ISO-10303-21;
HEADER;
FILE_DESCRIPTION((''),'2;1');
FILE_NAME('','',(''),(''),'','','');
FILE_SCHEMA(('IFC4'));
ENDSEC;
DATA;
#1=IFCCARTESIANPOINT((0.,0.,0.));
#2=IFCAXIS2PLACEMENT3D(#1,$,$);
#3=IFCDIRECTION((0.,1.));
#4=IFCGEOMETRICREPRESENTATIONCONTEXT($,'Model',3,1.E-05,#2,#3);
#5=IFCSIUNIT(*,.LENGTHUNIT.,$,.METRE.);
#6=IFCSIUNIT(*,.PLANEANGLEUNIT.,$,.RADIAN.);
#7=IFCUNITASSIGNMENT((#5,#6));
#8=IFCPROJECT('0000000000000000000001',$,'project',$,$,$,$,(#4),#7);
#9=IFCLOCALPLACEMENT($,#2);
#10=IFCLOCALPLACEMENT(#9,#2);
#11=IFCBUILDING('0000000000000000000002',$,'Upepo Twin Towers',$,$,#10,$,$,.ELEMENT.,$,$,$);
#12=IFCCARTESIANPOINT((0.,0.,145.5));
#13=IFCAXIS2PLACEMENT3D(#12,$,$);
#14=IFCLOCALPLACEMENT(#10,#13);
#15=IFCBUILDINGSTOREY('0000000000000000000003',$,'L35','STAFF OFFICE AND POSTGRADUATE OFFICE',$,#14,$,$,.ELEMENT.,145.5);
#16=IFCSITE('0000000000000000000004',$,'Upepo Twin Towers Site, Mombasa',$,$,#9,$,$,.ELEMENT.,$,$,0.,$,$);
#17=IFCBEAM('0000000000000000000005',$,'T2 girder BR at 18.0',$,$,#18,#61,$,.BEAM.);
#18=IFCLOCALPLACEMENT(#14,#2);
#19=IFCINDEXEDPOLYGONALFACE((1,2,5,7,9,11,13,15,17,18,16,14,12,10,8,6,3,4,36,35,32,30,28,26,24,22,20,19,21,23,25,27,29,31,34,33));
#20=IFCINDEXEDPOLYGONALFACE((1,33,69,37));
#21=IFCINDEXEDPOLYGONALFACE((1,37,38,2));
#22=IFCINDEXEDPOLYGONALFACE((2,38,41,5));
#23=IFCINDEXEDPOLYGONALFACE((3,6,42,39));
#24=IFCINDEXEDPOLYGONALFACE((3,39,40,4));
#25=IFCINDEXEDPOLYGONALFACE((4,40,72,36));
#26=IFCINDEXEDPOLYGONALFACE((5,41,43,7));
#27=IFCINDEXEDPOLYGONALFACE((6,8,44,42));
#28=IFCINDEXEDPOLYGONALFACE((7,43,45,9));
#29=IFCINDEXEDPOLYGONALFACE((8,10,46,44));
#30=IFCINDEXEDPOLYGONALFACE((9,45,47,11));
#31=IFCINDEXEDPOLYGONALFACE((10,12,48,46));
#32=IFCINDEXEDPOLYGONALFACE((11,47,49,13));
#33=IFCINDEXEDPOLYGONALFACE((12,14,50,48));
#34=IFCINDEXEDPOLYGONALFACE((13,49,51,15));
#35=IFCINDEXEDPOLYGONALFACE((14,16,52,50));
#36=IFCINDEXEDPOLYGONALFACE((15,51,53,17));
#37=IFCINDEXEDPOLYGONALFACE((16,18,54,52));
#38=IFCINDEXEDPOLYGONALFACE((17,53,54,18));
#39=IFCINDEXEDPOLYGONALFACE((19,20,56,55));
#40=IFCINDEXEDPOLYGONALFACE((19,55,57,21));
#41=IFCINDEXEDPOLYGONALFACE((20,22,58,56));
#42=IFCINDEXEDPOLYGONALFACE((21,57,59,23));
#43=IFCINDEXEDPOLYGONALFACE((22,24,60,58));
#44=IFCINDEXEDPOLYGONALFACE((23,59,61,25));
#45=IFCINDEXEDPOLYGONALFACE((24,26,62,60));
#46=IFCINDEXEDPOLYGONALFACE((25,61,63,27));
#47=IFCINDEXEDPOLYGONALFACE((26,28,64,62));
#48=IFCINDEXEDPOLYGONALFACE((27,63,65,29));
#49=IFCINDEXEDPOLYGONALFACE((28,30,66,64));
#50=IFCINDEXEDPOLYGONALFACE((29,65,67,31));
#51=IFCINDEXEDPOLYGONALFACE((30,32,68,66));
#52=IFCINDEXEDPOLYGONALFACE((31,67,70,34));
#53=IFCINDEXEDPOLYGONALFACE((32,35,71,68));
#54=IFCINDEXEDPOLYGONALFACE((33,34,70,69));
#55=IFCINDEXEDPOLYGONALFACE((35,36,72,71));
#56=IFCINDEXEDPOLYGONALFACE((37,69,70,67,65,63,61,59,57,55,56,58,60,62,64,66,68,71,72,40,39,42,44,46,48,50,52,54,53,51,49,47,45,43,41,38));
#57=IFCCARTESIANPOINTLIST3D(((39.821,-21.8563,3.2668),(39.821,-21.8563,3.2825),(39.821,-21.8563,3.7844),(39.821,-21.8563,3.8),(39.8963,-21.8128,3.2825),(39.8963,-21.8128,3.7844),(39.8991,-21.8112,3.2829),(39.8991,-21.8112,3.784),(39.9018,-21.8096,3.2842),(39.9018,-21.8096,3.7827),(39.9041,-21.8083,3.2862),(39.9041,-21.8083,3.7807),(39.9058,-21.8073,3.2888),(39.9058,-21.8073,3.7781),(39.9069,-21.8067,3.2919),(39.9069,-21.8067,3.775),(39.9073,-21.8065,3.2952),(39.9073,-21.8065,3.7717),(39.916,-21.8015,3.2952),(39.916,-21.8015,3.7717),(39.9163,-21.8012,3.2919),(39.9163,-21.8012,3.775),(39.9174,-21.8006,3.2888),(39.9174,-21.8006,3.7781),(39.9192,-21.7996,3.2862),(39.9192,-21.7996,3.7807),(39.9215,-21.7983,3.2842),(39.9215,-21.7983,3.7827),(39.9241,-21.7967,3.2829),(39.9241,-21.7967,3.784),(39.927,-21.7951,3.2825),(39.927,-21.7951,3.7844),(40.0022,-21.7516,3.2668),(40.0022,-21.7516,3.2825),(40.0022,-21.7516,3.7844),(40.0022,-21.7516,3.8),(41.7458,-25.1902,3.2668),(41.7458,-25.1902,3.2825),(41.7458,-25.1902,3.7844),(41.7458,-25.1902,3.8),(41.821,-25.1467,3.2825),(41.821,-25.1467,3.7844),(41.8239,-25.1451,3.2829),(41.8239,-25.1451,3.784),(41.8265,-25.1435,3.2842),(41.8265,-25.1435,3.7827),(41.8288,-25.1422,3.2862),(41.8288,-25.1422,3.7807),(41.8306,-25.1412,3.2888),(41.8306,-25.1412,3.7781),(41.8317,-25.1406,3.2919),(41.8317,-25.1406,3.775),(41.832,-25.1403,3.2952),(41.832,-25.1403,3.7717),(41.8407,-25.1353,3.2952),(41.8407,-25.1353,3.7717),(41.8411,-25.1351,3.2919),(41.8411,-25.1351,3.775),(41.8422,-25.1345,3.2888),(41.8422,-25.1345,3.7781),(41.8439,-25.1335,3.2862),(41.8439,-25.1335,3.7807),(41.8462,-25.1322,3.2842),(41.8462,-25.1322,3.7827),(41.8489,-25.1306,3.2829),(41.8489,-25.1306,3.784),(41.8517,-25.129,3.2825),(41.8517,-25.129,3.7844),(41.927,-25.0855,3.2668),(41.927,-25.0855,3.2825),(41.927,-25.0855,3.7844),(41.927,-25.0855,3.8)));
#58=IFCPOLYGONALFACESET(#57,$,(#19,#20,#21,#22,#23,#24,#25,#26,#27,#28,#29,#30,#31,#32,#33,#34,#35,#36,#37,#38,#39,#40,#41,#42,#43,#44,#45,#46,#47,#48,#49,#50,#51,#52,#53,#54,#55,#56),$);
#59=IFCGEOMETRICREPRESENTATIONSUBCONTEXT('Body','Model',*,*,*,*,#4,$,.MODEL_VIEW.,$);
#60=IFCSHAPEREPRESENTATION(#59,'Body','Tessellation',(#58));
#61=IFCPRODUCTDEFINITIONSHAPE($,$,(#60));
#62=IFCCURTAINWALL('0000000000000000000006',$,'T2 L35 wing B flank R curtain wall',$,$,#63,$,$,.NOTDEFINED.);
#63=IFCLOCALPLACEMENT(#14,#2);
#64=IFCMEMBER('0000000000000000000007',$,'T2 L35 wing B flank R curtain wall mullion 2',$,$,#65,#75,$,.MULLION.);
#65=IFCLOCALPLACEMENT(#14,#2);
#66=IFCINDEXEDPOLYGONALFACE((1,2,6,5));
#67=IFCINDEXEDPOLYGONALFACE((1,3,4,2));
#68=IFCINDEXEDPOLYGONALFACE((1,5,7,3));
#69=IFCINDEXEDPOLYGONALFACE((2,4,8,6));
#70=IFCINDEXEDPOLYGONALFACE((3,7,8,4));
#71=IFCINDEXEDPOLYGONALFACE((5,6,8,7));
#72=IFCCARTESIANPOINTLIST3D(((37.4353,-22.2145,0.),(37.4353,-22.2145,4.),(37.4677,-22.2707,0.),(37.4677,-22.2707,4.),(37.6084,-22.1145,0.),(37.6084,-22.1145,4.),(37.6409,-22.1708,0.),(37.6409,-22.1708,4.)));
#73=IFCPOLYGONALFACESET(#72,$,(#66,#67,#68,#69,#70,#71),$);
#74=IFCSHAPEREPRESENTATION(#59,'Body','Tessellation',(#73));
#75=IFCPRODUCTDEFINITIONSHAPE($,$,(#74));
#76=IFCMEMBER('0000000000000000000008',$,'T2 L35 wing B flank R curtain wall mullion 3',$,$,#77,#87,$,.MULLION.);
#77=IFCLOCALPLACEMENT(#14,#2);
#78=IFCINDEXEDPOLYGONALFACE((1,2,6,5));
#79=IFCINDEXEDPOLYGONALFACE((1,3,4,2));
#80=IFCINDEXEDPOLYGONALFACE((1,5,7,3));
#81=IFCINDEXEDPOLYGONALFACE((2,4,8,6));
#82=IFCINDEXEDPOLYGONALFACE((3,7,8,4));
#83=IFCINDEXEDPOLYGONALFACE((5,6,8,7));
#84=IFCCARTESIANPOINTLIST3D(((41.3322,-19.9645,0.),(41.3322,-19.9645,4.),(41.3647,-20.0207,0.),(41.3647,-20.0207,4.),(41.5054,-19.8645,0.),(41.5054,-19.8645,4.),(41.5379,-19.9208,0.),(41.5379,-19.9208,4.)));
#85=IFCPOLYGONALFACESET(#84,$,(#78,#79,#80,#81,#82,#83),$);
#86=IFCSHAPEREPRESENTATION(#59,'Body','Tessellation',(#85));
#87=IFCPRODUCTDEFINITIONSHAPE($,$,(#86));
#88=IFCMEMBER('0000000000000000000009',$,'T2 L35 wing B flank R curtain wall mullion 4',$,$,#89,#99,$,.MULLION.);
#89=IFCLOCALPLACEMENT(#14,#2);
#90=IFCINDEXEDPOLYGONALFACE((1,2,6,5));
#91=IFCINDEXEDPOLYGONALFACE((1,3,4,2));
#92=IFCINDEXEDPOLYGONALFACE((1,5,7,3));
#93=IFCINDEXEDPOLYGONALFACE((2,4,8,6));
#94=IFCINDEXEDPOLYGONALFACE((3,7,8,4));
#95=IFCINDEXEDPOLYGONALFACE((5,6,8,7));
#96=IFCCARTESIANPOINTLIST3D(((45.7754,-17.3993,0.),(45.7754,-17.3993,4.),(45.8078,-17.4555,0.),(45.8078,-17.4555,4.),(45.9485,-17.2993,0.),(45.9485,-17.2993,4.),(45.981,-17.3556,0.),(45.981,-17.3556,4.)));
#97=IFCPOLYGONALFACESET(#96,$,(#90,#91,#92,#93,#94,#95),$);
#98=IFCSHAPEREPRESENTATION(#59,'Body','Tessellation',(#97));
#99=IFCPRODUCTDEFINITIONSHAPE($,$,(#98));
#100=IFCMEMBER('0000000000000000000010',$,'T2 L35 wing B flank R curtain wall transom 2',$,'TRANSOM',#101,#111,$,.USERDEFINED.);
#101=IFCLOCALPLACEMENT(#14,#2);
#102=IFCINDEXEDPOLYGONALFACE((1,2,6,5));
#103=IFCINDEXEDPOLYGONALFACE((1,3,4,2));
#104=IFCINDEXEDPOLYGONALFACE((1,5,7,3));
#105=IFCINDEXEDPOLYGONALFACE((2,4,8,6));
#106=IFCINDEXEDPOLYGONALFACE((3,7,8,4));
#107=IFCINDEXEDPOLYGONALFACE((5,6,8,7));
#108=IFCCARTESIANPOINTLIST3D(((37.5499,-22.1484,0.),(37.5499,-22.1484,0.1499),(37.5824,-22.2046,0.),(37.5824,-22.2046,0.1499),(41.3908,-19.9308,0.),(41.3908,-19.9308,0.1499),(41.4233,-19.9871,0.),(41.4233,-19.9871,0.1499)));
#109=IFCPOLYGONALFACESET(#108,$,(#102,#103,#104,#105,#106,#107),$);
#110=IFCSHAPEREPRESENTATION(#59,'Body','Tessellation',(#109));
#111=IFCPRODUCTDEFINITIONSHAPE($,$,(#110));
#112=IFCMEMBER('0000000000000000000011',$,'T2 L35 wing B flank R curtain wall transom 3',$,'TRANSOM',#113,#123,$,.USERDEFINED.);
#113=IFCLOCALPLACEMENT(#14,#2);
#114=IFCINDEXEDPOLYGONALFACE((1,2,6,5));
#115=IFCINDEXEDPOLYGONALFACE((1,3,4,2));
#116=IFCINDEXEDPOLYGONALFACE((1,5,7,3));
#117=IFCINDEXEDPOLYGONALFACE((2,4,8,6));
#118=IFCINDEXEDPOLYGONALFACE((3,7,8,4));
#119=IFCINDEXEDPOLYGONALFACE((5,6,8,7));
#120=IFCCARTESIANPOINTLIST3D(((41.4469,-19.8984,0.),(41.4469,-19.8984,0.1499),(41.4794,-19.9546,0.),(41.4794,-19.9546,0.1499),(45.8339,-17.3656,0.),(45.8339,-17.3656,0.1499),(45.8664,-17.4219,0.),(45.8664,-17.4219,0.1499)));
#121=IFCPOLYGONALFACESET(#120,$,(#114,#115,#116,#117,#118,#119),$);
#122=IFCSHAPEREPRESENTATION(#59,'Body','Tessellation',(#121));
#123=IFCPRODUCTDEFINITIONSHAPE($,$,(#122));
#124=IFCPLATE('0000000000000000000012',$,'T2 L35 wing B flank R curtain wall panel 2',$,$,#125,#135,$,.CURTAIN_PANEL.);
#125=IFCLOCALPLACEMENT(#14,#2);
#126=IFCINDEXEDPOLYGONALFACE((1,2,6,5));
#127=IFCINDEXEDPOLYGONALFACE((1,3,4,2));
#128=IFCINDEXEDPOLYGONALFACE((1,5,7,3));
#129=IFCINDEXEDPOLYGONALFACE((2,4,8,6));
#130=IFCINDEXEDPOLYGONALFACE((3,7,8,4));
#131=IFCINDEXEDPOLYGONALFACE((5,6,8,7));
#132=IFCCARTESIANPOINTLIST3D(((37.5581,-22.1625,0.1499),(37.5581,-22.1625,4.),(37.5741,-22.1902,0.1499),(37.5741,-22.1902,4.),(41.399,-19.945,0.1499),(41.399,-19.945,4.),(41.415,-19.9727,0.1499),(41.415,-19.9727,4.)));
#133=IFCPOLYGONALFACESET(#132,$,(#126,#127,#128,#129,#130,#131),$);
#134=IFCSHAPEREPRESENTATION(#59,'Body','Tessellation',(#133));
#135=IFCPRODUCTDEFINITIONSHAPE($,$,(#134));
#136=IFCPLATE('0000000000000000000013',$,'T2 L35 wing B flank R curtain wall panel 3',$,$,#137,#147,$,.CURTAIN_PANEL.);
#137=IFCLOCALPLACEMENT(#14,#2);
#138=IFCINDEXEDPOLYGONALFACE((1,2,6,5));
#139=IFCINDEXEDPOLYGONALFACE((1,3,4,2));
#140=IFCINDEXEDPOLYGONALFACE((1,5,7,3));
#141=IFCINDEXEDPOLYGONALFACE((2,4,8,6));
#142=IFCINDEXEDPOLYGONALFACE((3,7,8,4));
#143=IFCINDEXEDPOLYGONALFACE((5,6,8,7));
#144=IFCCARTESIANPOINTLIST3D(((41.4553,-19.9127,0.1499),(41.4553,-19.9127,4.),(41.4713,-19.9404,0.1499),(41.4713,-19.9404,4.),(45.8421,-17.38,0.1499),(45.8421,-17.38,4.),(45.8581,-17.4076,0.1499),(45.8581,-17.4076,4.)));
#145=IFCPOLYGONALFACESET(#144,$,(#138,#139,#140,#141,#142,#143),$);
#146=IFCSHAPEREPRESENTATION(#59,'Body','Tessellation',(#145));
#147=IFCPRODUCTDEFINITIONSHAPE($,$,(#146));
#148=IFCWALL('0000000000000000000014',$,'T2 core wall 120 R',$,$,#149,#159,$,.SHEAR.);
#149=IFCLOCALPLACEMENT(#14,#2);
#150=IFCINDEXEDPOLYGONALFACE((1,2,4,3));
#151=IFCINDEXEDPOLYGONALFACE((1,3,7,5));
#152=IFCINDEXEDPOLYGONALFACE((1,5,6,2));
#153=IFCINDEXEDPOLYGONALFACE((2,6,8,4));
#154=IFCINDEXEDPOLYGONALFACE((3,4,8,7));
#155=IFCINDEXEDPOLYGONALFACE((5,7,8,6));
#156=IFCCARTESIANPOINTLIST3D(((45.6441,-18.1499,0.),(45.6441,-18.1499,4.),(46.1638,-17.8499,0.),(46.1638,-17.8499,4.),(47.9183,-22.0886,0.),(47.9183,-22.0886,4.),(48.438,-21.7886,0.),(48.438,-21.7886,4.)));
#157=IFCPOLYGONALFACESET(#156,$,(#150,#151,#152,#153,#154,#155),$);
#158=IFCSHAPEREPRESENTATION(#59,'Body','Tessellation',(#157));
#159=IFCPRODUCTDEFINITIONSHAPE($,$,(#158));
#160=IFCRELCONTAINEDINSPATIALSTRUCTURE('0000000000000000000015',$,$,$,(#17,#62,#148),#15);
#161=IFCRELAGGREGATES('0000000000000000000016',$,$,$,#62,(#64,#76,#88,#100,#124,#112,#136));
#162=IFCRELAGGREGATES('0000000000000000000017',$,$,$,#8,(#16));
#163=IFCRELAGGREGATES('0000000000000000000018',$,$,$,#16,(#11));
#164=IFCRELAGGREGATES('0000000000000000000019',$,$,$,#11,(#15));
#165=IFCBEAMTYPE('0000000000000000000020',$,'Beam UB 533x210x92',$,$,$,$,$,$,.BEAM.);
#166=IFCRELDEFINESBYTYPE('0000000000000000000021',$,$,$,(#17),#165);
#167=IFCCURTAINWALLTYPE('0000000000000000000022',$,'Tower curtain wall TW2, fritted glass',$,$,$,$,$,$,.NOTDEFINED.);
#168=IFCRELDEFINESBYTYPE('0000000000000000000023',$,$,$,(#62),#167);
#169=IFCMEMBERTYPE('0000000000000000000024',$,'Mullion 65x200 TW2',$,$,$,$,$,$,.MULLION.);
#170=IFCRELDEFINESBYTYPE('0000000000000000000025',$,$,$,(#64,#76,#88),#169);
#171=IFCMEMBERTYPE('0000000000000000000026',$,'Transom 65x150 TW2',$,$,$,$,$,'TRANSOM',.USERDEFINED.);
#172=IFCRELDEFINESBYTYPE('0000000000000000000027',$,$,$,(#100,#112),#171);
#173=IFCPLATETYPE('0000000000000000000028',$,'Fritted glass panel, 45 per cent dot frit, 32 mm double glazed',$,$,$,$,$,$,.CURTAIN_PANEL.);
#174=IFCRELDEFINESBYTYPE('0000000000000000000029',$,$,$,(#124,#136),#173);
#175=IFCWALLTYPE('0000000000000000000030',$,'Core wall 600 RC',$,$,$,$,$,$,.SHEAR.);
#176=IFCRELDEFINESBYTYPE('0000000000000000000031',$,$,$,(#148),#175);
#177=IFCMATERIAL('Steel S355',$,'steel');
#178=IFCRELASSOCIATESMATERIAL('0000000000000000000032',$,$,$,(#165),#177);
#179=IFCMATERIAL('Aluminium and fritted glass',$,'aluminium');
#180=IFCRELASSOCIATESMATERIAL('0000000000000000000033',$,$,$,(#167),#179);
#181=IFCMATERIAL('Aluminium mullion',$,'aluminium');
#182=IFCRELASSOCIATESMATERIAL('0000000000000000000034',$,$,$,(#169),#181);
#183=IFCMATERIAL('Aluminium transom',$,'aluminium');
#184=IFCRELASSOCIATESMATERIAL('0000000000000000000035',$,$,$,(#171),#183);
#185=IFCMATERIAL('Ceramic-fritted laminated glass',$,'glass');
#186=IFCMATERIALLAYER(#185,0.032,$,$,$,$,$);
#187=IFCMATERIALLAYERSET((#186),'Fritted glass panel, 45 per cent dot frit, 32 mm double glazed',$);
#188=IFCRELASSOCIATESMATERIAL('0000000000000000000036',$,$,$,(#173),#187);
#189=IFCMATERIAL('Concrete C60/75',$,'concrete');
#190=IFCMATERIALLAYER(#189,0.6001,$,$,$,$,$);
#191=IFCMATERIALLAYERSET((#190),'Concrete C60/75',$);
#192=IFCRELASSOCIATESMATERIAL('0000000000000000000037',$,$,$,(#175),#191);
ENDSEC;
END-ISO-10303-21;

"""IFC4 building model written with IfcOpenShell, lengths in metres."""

from ifc_helpers import new_model, si_unit, direction, frame, frame_2d, origin, origin_2d, place, context, subcontext, project, spatial, rectangle, i_section, extrude, material, layer, layer_set, material_profile, profile_set, type_object, element, aggregate, save


model = new_model("IFC4")

# Units and contexts
model_context = context("Model", 3, precision=1e-05, world=origin(), true_north=direction((0.0, 1.0)))
body_context = subcontext(model_context, "Body", "Model", "MODEL_VIEW")
ifc_project = project(units=[si_unit("LENGTHUNIT", "METRE"), si_unit("PLANEANGLEUNIT", "RADIAN")], contexts=[model_context])

# Site, building, storey
site_placement = place(None, origin())
site = spatial("IfcSite", under=ifc_project, at=site_placement, Name="Upepo Twin Towers Site, Mombasa", CompositionType="ELEMENT", RefElevation=0.0)
building_placement = place(site_placement, origin())
building = spatial("IfcBuilding", under=site, at=building_placement, Name="Upepo Twin Towers", CompositionType="ELEMENT")
storey_placement = place(building_placement, frame((0.0, 0.0, 145.5)))
storey = spatial("IfcBuildingStorey", under=building, at=storey_placement, Name="L35", Description="STAFF OFFICE AND POSTGRADUATE OFFICE", CompositionType="ELEMENT", Elevation=145.5)

# Beam
ifc_material_1 = material(Name="Steel S355", Category="steel")
ifc_material_profile_1 = material_profile(ifc_material_1, i_section(OverallWidth=0.2092, OverallDepth=0.5332, WebThickness=0.01, FlangeThickness=0.0156, FilletRadius=0.0127, at=origin_2d()), Name="UB 533x210x92")
ifc_profile_set_1 = profile_set([ifc_material_profile_1], Name="Steel S355")
beam_type_1 = type_object("IfcBeamType", Name="Beam UB 533x210x92", PredefinedType="BEAM", material=ifc_profile_set_1)
beam_1_placement = place(storey_placement, frame((39.9116, -21.804, 3.5334), z_axis=(0.499986, -0.866034, 0.0), x_axis=(0.866034, 0.499986, 0.0)))
element("IfcBeam", 1, at=beam_1_placement, inside=storey, type_object=beam_type_1, Name="T2 girder BR at 18.0", PredefinedType="BEAM", context=body_context, shape_type="SweptSolid", body=[
    extrude(i_section(OverallWidth=0.2092, OverallDepth=0.5332, WebThickness=0.01, FlangeThickness=0.0156, FilletRadius=0.0127, at=origin_2d()), origin(), (0.0, 0.0, 1.0), 3.8496),
])

# Curtain wall, members, plates
ifc_material_2 = material(Name="Aluminium and fritted glass", Category="aluminium")
curtain_wall_type = type_object("IfcCurtainWallType", Name="Tower curtain wall TW2, fritted glass", PredefinedType="NOTDEFINED", material=ifc_material_2)
curtain_wall_placement = place(storey_placement, origin())
curtain_wall = element("IfcCurtainWall", 2, at=curtain_wall_placement, inside=storey, type_object=curtain_wall_type, Name="T2 L35 wing B flank R curtain wall", PredefinedType="NOTDEFINED")
ifc_material_3 = material(Name="Aluminium mullion", Category="aluminium")
ifc_material_profile_2 = material_profile(ifc_material_3, rectangle(XDim=0.0649, YDim=0.2, at=origin_2d()), Name="MULLION 65x200")
ifc_profile_set_2 = profile_set([ifc_material_profile_2], Name="Aluminium mullion")
member_type_1 = type_object("IfcMemberType", Name="Mullion 65x200 TW2", PredefinedType="MULLION", material=ifc_profile_set_2)
member_1_placement = place(storey_placement, frame((37.5381, -22.1926, 0.0), z_axis=(0.0, 0.0, 1.0), x_axis=(-0.5, 0.866025, 0.0)))
member_1 = element("IfcMember", 3, at=member_1_placement, type_object=member_type_1, Name="T2 L35 wing B flank R curtain wall mullion 2", PredefinedType="MULLION", context=body_context, shape_type="SweptSolid", body=[
    extrude(rectangle(XDim=0.0649, YDim=0.2, at=origin_2d()), origin(), (0.0, 0.0, 1.0), 4.0),
])
member_2_placement = place(storey_placement, frame((41.4351, -19.9426, 0.0), z_axis=(0.0, 0.0, 1.0), x_axis=(-0.5, 0.866025, 0.0)))
member_2 = element("IfcMember", 4, at=member_2_placement, type_object=member_type_1, Name="T2 L35 wing B flank R curtain wall mullion 3", PredefinedType="MULLION", context=body_context, shape_type="SweptSolid", body=[
    extrude(rectangle(XDim=0.0649, YDim=0.2, at=origin_2d()), origin(), (0.0, 0.0, 1.0), 4.0),
])
member_3_placement = place(storey_placement, frame((45.8782, -17.3774, 0.0), z_axis=(0.0, 0.0, 1.0), x_axis=(-0.5, 0.866025, 0.0)))
member_3 = element("IfcMember", 5, at=member_3_placement, type_object=member_type_1, Name="T2 L35 wing B flank R curtain wall mullion 4", PredefinedType="MULLION", context=body_context, shape_type="SweptSolid", body=[
    extrude(rectangle(XDim=0.0649, YDim=0.2, at=origin_2d()), origin(), (0.0, 0.0, 1.0), 4.0),
])
ifc_material_4 = material(Name="Aluminium transom", Category="aluminium")
ifc_material_profile_3 = material_profile(ifc_material_4, rectangle(XDim=0.0649, YDim=0.1499, at=origin_2d()), Name="TRANSOM 65x150")
ifc_profile_set_3 = profile_set([ifc_material_profile_3], Name="Aluminium transom")
member_type_2 = type_object("IfcMemberType", Name="Transom 65x150 TW2", ElementType="TRANSOM", PredefinedType="USERDEFINED", material=ifc_profile_set_3)
member_4_placement = place(storey_placement, frame((37.5662, -22.1765, 0.075), z_axis=(0.866022, 0.500005, 0.0), x_axis=(-0.500005, 0.866022, 0.0)))
member_4 = element("IfcMember", 6, at=member_4_placement, type_object=member_type_2, Name="T2 L35 wing B flank R curtain wall transom 2", ObjectType="TRANSOM", PredefinedType="USERDEFINED", context=body_context, shape_type="SweptSolid", body=[
    extrude(rectangle(XDim=0.0649, YDim=0.1499, at=origin_2d()), origin(), (0.0, 0.0, 1.0), 4.4351),
])
member_5_placement = place(storey_placement, frame((41.4631, -19.9265, 0.075), z_axis=(0.866034, 0.499985, 0.0), x_axis=(-0.499985, 0.866034, 0.0)))
member_5 = element("IfcMember", 7, at=member_5_placement, type_object=member_type_2, Name="T2 L35 wing B flank R curtain wall transom 3", ObjectType="TRANSOM", PredefinedType="USERDEFINED", context=body_context, shape_type="SweptSolid", body=[
    extrude(rectangle(XDim=0.0649, YDim=0.1499, at=origin_2d()), origin(), (0.0, 0.0, 1.0), 5.0657),
])
ifc_material_5 = material(Name="Ceramic-fritted laminated glass", Category="glass")
ifc_layer_1 = layer(ifc_material_5, 0.032)
ifc_layer_set_1 = layer_set([ifc_layer_1], Name="Fritted glass panel, 45 per cent dot frit, 32 mm double glazed")
plate_type = type_object("IfcPlateType", Name="Fritted glass panel, 45 per cent dot frit, 32 mm double glazed", PredefinedType="CURTAIN_PANEL", material=ifc_layer_set_1)
plate_1_placement = place(storey_placement, frame((39.4866, -21.0676, 0.1499), z_axis=(0.0, 0.0, 1.0), x_axis=(0.866025, 0.5, 0.0)))
plate_1 = element("IfcPlate", 8, at=plate_1_placement, type_object=plate_type, Name="T2 L35 wing B flank R curtain wall panel 2", PredefinedType="CURTAIN_PANEL", context=body_context, shape_type="SweptSolid", body=[
    extrude(rectangle(XDim=4.4351, YDim=0.032, at=origin_2d()), origin(), (0.0, 0.0, 1.0), 3.8501),
])
plate_2_placement = place(storey_placement, frame((43.6567, -18.6602, 0.1499), z_axis=(0.0, 0.0, 1.0), x_axis=(0.866025, 0.5, 0.0)))
plate_2 = element("IfcPlate", 9, at=plate_2_placement, type_object=plate_type, Name="T2 L35 wing B flank R curtain wall panel 3", PredefinedType="CURTAIN_PANEL", context=body_context, shape_type="SweptSolid", body=[
    extrude(rectangle(XDim=5.0654, YDim=0.032, at=origin_2d()), origin(), (0.0, 0.0, 1.0), 3.8501),
])
aggregate(curtain_wall, [member_1, member_2, member_3, member_4, plate_1, member_5, plate_2])

# Wall
ifc_material_6 = material(Name="Concrete C60/75", Category="concrete")
ifc_layer_2 = layer(ifc_material_6, 0.6001)
ifc_layer_set_2 = layer_set([ifc_layer_2], Name="Concrete C60/75")
wall_type = type_object("IfcWallType", Name="Core wall 600 RC", PredefinedType="SHEAR", material=ifc_layer_set_2)
wall_1_placement = place(storey_placement, frame((45.9041, -18.0, 0.0), z_axis=(0.0, 0.0, 1.0), x_axis=(0.500024, -0.866011, 0.0)))
element("IfcWall", 10, at=wall_1_placement, inside=storey, type_object=wall_type, Name="T2 core wall 120 R", PredefinedType="SHEAR", context=body_context, shape_type="SweptSolid", body=[
    extrude(rectangle(XDim=4.5481, YDim=0.6001, at=frame_2d((2.2739, 0.0))), origin(), (0.0, 0.0, 1.0), 4.0),
])

save(model, "model.ifc")
